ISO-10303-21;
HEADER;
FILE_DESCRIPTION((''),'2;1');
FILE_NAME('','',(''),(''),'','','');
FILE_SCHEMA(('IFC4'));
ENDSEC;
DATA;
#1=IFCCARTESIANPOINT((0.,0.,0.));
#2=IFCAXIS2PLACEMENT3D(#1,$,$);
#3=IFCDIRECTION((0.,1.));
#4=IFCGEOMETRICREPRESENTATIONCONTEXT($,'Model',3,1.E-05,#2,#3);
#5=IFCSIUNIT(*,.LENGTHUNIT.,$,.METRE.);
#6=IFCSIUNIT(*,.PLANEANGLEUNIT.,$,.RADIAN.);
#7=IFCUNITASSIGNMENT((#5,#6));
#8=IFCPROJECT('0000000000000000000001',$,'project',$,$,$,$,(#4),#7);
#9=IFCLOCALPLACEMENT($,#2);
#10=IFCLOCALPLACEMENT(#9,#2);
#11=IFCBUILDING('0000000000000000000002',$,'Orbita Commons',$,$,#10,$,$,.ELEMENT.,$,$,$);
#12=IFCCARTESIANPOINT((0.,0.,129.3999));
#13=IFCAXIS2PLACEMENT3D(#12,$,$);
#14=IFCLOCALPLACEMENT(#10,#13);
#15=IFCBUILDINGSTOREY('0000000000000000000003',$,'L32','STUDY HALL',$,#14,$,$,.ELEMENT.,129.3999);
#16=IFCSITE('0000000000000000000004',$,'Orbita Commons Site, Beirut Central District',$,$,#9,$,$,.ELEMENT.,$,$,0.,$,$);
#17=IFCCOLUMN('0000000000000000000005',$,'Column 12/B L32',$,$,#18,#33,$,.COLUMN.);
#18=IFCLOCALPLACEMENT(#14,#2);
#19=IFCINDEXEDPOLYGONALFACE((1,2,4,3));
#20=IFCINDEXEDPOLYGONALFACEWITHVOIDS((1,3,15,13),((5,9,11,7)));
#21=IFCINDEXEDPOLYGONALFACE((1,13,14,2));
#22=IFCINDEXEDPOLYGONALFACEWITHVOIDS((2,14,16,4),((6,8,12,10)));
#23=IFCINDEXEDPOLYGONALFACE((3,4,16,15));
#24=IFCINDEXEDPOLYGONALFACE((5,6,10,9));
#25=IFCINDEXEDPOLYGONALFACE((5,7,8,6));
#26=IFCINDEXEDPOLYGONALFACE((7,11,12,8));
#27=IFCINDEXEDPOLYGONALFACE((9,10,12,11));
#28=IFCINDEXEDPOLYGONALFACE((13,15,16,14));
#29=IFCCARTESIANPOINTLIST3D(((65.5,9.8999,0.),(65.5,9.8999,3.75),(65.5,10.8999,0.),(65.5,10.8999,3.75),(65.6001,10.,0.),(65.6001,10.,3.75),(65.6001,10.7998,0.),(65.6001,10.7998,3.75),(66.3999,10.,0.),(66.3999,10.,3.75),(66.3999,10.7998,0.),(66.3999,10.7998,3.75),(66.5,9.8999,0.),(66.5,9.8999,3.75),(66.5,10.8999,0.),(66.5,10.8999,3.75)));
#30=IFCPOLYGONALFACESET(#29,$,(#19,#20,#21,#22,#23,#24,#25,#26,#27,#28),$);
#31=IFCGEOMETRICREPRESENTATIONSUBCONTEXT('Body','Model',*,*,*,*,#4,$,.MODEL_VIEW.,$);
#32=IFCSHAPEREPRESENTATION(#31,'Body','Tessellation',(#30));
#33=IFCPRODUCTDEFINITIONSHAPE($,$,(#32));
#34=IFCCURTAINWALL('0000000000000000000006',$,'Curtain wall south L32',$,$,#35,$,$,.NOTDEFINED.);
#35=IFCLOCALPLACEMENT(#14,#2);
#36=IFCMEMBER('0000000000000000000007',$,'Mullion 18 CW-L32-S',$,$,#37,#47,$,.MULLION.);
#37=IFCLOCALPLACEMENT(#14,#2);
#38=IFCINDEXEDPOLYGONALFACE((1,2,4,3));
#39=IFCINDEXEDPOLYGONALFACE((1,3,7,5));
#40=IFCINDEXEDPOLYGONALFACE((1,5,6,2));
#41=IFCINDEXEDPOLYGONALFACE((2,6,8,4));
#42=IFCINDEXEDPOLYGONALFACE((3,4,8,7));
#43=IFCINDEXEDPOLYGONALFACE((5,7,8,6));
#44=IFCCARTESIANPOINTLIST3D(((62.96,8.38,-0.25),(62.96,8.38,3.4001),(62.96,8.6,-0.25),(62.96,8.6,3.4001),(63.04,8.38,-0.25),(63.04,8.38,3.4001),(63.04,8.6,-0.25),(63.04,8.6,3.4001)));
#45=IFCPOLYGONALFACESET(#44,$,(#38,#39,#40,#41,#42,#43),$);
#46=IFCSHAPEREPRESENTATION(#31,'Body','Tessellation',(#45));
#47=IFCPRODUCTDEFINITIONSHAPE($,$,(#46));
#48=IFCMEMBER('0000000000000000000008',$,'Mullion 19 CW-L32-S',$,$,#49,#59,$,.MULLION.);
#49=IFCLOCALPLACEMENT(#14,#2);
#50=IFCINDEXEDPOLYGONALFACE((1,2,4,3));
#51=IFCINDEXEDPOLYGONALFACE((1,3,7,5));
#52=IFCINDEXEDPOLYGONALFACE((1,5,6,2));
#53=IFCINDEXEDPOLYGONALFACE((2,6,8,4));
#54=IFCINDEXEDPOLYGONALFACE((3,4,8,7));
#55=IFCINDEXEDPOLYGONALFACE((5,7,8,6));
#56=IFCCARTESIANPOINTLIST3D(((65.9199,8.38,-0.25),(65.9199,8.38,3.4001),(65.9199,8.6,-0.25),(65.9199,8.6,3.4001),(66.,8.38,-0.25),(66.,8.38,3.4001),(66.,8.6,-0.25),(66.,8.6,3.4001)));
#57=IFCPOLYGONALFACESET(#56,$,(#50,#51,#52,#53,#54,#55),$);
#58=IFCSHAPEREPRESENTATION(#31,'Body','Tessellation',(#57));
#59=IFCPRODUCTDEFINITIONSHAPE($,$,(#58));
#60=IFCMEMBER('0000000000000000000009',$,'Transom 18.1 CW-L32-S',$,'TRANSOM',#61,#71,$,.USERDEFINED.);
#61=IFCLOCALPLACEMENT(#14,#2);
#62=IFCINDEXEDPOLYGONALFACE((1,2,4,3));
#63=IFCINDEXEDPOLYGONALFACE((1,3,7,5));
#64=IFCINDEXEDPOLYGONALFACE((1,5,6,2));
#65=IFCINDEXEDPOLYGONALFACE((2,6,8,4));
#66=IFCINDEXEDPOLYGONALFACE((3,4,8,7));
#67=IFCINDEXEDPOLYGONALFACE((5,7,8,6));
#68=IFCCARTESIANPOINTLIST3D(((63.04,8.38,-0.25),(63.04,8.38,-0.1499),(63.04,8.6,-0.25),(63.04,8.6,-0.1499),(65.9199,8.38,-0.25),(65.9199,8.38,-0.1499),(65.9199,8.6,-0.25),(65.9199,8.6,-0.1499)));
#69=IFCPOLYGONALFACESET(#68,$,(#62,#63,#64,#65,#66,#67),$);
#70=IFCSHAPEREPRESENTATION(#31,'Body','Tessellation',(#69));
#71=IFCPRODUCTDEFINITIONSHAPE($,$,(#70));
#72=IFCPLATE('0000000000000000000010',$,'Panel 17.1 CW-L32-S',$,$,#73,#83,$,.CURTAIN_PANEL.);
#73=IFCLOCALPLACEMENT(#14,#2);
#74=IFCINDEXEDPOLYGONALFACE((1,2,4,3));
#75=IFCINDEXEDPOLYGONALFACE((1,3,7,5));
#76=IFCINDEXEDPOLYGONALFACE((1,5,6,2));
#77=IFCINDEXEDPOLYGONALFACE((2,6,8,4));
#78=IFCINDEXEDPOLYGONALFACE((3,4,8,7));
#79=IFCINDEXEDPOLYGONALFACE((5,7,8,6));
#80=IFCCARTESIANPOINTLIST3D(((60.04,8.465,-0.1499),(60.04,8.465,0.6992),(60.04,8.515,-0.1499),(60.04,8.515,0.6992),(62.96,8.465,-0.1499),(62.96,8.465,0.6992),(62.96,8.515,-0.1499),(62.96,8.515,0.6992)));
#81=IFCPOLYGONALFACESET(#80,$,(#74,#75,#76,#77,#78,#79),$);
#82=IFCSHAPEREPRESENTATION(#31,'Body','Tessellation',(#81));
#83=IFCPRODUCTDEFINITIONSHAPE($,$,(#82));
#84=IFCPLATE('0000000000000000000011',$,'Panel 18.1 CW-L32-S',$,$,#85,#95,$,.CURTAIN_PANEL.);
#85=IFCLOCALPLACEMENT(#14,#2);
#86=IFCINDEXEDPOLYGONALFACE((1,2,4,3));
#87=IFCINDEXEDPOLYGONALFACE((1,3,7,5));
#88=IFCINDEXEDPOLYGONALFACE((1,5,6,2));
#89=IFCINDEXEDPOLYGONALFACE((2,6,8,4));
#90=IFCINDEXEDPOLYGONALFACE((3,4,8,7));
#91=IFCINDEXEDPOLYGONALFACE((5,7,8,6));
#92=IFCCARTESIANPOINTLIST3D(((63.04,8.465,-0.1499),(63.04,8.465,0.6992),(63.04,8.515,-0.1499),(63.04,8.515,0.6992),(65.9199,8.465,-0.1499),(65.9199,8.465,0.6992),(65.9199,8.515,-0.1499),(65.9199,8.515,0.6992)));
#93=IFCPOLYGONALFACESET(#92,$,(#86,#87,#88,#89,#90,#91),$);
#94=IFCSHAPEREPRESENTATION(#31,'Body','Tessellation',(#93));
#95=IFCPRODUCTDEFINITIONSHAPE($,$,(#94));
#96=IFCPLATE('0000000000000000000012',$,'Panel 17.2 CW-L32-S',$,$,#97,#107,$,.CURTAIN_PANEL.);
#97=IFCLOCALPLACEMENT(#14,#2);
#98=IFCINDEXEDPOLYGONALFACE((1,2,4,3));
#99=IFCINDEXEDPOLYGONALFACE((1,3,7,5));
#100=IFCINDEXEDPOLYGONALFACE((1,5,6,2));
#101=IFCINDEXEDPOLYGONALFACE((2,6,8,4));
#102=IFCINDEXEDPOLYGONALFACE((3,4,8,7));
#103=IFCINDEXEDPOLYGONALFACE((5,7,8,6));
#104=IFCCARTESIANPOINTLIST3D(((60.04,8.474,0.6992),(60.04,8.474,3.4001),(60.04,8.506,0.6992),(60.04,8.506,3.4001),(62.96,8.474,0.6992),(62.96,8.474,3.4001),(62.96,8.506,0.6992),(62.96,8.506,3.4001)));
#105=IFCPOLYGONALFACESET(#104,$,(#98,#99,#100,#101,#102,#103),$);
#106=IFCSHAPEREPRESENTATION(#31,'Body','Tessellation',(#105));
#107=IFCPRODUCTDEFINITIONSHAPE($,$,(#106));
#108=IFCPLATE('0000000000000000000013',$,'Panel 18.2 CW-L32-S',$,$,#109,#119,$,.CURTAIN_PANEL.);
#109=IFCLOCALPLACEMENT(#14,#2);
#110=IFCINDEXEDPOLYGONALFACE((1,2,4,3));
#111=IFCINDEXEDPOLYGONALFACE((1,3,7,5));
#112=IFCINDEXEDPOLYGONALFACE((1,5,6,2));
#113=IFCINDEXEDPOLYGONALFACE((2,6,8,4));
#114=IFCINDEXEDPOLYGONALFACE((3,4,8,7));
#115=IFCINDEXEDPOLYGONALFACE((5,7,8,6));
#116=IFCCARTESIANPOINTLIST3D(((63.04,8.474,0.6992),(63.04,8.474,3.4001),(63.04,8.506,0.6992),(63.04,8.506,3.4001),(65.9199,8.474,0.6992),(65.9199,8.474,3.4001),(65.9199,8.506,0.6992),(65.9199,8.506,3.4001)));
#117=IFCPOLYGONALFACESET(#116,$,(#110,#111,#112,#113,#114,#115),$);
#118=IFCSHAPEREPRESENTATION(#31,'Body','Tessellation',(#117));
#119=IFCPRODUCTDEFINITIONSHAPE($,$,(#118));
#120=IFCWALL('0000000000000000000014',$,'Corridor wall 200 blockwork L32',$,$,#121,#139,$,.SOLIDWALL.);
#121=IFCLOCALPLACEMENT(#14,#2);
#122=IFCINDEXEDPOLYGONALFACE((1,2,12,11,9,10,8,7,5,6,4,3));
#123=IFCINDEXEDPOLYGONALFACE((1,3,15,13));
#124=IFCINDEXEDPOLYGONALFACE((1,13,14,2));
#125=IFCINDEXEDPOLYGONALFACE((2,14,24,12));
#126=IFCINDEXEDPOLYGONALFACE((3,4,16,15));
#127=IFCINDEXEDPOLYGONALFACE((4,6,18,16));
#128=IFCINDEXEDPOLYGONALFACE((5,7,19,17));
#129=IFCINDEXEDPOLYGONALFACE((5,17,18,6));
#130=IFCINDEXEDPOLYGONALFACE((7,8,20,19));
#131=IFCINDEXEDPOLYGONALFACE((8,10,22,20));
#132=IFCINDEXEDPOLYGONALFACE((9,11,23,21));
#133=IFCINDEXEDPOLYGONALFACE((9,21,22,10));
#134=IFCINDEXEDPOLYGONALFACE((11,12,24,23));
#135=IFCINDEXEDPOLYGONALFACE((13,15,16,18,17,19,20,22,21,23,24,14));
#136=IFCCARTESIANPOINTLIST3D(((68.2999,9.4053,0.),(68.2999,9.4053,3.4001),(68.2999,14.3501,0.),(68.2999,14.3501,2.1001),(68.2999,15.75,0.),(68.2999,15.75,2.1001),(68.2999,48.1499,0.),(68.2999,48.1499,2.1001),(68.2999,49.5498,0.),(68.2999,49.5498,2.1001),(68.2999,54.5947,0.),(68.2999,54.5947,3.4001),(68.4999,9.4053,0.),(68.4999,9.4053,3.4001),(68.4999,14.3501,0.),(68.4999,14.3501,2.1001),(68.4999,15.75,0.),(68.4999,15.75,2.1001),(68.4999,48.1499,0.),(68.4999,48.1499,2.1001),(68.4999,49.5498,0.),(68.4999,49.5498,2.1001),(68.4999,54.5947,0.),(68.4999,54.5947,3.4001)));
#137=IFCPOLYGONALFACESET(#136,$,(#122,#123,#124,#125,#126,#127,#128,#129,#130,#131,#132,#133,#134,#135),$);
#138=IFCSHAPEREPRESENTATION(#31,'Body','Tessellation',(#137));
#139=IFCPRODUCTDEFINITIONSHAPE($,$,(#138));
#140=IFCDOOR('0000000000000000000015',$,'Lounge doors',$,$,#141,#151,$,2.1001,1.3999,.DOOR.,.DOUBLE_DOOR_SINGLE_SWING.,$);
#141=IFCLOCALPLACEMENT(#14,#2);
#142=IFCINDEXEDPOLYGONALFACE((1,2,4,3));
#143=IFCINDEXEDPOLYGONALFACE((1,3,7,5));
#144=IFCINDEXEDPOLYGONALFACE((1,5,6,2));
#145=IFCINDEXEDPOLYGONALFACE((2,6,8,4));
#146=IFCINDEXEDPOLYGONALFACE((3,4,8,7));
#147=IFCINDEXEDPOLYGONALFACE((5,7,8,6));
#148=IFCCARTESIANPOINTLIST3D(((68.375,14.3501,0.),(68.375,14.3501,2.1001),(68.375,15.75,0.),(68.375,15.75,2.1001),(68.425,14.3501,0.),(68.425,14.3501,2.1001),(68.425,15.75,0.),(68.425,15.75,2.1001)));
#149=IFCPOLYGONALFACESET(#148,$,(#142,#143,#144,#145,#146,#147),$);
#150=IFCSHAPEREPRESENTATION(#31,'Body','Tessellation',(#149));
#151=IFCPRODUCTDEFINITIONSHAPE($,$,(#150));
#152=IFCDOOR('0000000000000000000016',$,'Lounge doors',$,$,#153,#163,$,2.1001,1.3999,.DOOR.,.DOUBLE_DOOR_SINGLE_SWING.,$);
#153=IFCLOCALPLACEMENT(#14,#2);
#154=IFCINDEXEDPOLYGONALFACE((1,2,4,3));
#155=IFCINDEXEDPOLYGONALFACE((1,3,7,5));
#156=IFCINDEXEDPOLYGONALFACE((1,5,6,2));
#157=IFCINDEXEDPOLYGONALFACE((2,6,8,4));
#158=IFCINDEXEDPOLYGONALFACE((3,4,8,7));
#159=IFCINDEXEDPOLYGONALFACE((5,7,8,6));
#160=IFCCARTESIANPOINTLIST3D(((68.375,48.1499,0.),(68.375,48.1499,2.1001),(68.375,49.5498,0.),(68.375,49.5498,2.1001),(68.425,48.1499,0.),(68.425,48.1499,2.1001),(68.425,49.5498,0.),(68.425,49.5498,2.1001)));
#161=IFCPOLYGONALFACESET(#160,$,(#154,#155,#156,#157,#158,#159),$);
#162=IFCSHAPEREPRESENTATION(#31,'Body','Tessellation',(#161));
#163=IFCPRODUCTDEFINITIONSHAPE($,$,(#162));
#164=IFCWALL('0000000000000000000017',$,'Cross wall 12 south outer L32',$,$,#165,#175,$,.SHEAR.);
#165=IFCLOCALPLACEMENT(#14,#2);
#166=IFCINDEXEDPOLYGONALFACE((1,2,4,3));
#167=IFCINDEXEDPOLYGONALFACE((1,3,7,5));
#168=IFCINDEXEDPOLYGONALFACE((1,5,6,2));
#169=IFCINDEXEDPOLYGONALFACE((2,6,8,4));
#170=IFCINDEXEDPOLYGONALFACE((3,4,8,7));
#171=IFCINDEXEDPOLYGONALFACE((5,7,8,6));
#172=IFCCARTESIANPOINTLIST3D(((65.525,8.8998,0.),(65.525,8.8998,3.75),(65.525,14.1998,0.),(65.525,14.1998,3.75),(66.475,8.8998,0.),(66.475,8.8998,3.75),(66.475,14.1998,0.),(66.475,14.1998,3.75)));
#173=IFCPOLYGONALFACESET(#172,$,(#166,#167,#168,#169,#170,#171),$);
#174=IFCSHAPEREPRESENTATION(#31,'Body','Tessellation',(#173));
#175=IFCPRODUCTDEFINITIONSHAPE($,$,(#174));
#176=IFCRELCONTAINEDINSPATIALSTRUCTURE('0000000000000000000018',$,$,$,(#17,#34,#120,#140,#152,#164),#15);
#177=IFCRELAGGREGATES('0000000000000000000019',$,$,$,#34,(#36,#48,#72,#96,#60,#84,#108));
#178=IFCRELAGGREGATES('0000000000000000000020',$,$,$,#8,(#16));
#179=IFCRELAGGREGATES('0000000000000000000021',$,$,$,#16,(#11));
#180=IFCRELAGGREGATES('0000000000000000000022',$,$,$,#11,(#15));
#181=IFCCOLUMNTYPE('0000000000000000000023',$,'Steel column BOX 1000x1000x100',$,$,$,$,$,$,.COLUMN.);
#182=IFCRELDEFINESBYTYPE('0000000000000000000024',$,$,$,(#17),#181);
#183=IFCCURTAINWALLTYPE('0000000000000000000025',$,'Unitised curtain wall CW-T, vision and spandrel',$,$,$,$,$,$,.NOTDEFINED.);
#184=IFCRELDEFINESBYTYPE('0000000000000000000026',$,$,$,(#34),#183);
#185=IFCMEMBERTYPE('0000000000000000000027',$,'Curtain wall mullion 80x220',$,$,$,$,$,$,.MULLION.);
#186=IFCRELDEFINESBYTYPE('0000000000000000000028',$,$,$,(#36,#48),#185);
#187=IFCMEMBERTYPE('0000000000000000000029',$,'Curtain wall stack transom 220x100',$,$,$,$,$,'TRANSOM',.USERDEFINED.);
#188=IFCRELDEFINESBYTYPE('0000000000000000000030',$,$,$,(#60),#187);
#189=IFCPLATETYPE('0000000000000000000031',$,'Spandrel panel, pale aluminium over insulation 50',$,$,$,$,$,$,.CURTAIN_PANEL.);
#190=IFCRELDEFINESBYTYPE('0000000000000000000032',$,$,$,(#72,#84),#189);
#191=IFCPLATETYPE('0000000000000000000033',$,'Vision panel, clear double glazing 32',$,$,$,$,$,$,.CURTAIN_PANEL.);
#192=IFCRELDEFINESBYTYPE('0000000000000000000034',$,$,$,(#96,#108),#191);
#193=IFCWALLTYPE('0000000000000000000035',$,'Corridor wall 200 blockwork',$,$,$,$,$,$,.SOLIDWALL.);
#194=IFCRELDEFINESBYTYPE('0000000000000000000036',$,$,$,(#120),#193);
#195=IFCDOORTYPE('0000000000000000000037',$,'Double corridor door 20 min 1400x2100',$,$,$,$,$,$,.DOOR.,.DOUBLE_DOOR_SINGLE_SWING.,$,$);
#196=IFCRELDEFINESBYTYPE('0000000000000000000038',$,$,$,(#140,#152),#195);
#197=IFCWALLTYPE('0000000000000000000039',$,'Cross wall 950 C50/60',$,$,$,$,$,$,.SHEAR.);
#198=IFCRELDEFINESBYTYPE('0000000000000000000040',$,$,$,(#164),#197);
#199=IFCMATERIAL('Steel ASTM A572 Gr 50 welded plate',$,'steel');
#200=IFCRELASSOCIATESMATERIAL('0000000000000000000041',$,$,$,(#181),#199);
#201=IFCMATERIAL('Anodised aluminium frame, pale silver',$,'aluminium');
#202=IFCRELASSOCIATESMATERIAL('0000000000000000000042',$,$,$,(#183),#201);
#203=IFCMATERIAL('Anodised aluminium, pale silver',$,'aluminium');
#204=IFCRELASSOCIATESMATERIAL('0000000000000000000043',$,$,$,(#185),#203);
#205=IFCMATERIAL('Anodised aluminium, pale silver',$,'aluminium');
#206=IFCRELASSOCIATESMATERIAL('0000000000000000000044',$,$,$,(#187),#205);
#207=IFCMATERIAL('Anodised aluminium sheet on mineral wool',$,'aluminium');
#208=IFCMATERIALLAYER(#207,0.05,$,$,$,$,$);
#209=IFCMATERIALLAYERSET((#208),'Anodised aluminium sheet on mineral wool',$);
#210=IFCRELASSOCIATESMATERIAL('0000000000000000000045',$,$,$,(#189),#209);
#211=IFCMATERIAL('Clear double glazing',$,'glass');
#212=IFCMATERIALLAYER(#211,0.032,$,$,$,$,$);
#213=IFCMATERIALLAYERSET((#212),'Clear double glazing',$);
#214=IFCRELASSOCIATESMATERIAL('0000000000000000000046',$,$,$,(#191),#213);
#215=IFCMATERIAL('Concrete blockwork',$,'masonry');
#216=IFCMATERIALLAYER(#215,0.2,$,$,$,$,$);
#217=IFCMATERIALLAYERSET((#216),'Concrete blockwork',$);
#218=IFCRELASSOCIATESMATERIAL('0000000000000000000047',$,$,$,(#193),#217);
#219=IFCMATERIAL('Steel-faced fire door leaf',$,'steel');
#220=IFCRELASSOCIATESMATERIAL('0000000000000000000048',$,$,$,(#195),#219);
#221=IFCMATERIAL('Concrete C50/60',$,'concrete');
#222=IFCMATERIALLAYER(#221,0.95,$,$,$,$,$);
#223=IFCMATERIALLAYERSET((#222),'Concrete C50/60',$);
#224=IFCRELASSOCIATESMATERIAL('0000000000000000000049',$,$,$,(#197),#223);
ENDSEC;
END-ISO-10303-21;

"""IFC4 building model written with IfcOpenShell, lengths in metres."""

from ifc_helpers import new_model, si_unit, direction, frame, frame_2d, origin, origin_2d, place, context, subcontext, project, spatial, rectangle, hollow_rectangle, extrude, material, layer, layer_set, material_profile, profile_set, type_object, element, fill, aggregate, save


model = new_model("IFC4")

# Units and contexts
model_context = context("Model", 3, precision=1e-05, world=origin(), true_north=direction((0.0, 1.0)))
body_context = subcontext(model_context, "Body", "Model", "MODEL_VIEW")
ifc_project = project(units=[si_unit("LENGTHUNIT", "METRE"), si_unit("PLANEANGLEUNIT", "RADIAN")], contexts=[model_context])

# Site, building, storey
site_placement = place(None, origin())
site = spatial("IfcSite", under=ifc_project, at=site_placement, Name="Orbita Commons Site, Beirut Central District", CompositionType="ELEMENT", RefElevation=0.0)
building_placement = place(site_placement, origin())
building = spatial("IfcBuilding", under=site, at=building_placement, Name="Orbita Commons", CompositionType="ELEMENT")
storey_placement = place(building_placement, frame((0.0, 0.0, 129.3999)))
storey = spatial("IfcBuildingStorey", under=building, at=storey_placement, Name="L32", Description="STUDY HALL", CompositionType="ELEMENT", Elevation=129.3999)

# Column
ifc_material_1 = material(Name="Steel ASTM A572 Gr 50 welded plate", Category="steel")
ifc_material_profile_1 = material_profile(ifc_material_1, hollow_rectangle(XDim=1.0, YDim=1.0, WallThickness=0.1001, at=origin_2d()), Name="BOX 1000x1000x100")
ifc_profile_set_1 = profile_set([ifc_material_profile_1], Name="Steel ASTM A572 Gr 50 welded plate")
column_type = type_object("IfcColumnType", Name="Steel column BOX 1000x1000x100", PredefinedType="COLUMN", material=ifc_profile_set_1)
column_placement = place(storey_placement, frame((66.0, 10.3999, 0.0), z_axis=(0.0, 0.0, 1.0), x_axis=(1.0, 0.0, 0.0)))
element("IfcColumn", 1, at=column_placement, inside=storey, type_object=column_type, Name="Column 12/B L32", PredefinedType="COLUMN", context=body_context, shape_type="SweptSolid", body=[
    extrude(hollow_rectangle(XDim=1.0, YDim=1.0, WallThickness=0.1001, at=origin_2d()), origin(), (0.0, 0.0, 1.0), 3.75),
])

# Curtain wall, members, plates
ifc_material_2 = material(Name="Anodised aluminium frame, pale silver", Category="aluminium")
curtain_wall_type = type_object("IfcCurtainWallType", Name="Unitised curtain wall CW-T, vision and spandrel", PredefinedType="NOTDEFINED", material=ifc_material_2)
curtain_wall_placement = place(storey_placement, origin())
curtain_wall = element("IfcCurtainWall", 2, at=curtain_wall_placement, inside=storey, type_object=curtain_wall_type, Name="Curtain wall south L32", PredefinedType="NOTDEFINED")
ifc_material_3 = material(Name="Anodised aluminium, pale silver", Category="aluminium")
ifc_material_profile_2 = material_profile(ifc_material_3, rectangle(XDim=0.0801, YDim=0.22, at=origin_2d()), Name="AL 80x220")
ifc_profile_set_2 = profile_set([ifc_material_profile_2], Name="Anodised aluminium, pale silver")
member_type_1 = type_object("IfcMemberType", Name="Curtain wall mullion 80x220", PredefinedType="MULLION", material=ifc_profile_set_2)
member_1_placement = place(storey_placement, frame((63.0, 8.49, -0.25), z_axis=(0.0, 0.0, 1.0), x_axis=(1.0, 0.0, 0.0)))
member_1 = element("IfcMember", 3, at=member_1_placement, type_object=member_type_1, Name="Mullion 18 CW-L32-S", PredefinedType="MULLION", context=body_context, shape_type="SweptSolid", body=[
    extrude(rectangle(XDim=0.0801, YDim=0.22, at=origin_2d()), origin(), (0.0, 0.0, 1.0), 3.6501),
])
member_2_placement = place(storey_placement, frame((65.96, 8.49, -0.25), z_axis=(0.0, 0.0, 1.0), x_axis=(1.0, 0.0, 0.0)))
member_2 = element("IfcMember", 4, at=member_2_placement, type_object=member_type_1, Name="Mullion 19 CW-L32-S", PredefinedType="MULLION", context=body_context, shape_type="SweptSolid", body=[
    extrude(rectangle(XDim=0.0801, YDim=0.22, at=origin_2d()), origin(), (0.0, 0.0, 1.0), 3.6501),
])
ifc_material_4 = material(Name="Anodised aluminium, pale silver", Category="aluminium")
ifc_material_profile_3 = material_profile(ifc_material_4, rectangle(XDim=0.22, YDim=0.1001, at=origin_2d()), Name="AL 220x100")
ifc_profile_set_3 = profile_set([ifc_material_profile_3], Name="Anodised aluminium, pale silver")
member_type_2 = type_object("IfcMemberType", Name="Curtain wall stack transom 220x100", ElementType="TRANSOM", PredefinedType="USERDEFINED", material=ifc_profile_set_3)
member_3_placement = place(storey_placement, frame((63.04, 8.49, -0.2), z_axis=(1.0, 0.0, 0.0), x_axis=(0.0, 1.0, 0.0)))
member_3 = element("IfcMember", 5, at=member_3_placement, type_object=member_type_2, Name="Transom 18.1 CW-L32-S", ObjectType="TRANSOM", PredefinedType="USERDEFINED", context=body_context, shape_type="SweptSolid", body=[
    extrude(rectangle(XDim=0.22, YDim=0.1001, at=origin_2d()), origin(), (0.0, 0.0, 1.0), 2.8799),
])
ifc_material_5 = material(Name="Anodised aluminium sheet on mineral wool", Category="aluminium")
ifc_layer_1 = layer(ifc_material_5, 0.05)
ifc_layer_set_1 = layer_set([ifc_layer_1], Name="Anodised aluminium sheet on mineral wool")
plate_type_1 = type_object("IfcPlateType", Name="Spandrel panel, pale aluminium over insulation 50", PredefinedType="CURTAIN_PANEL", material=ifc_layer_set_1)
plate_1_placement = place(storey_placement, frame((61.5, 8.49, -0.1499), z_axis=(0.0, 0.0, 1.0), x_axis=(1.0, 0.0, 0.0)))
plate_1 = element("IfcPlate", 6, at=plate_1_placement, type_object=plate_type_1, Name="Panel 17.1 CW-L32-S", PredefinedType="CURTAIN_PANEL", context=body_context, shape_type="SweptSolid", body=[
    extrude(rectangle(XDim=2.9199, YDim=0.05, at=origin_2d()), origin(), (0.0, 0.0, 1.0), 0.8491),
])
plate_2_placement = place(storey_placement, frame((64.48, 8.49, -0.1499), z_axis=(0.0, 0.0, 1.0), x_axis=(1.0, 0.0, 0.0)))
plate_2 = element("IfcPlate", 7, at=plate_2_placement, type_object=plate_type_1, Name="Panel 18.1 CW-L32-S", PredefinedType="CURTAIN_PANEL", context=body_context, shape_type="SweptSolid", body=[
    extrude(rectangle(XDim=2.8799, YDim=0.05, at=origin_2d()), origin(), (0.0, 0.0, 1.0), 0.8491),
])
ifc_material_6 = material(Name="Clear double glazing", Category="glass")
ifc_layer_2 = layer(ifc_material_6, 0.032)
ifc_layer_set_2 = layer_set([ifc_layer_2], Name="Clear double glazing")
plate_type_2 = type_object("IfcPlateType", Name="Vision panel, clear double glazing 32", PredefinedType="CURTAIN_PANEL", material=ifc_layer_set_2)
plate_3_placement = place(storey_placement, frame((61.5, 8.49, 0.6992), z_axis=(0.0, 0.0, 1.0), x_axis=(1.0, 0.0, 0.0)))
plate_3 = element("IfcPlate", 8, at=plate_3_placement, type_object=plate_type_2, Name="Panel 17.2 CW-L32-S", PredefinedType="CURTAIN_PANEL", context=body_context, shape_type="SweptSolid", body=[
    extrude(rectangle(XDim=2.9199, YDim=0.032, at=origin_2d()), origin(), (0.0, 0.0, 1.0), 2.7009),
])
plate_4_placement = place(storey_placement, frame((64.48, 8.49, 0.6992), z_axis=(0.0, 0.0, 1.0), x_axis=(1.0, 0.0, 0.0)))
plate_4 = element("IfcPlate", 9, at=plate_4_placement, type_object=plate_type_2, Name="Panel 18.2 CW-L32-S", PredefinedType="CURTAIN_PANEL", context=body_context, shape_type="SweptSolid", body=[
    extrude(rectangle(XDim=2.8799, YDim=0.032, at=origin_2d()), origin(), (0.0, 0.0, 1.0), 2.7009),
])
aggregate(curtain_wall, [member_1, member_2, plate_1, plate_3, member_3, plate_2, plate_4])

# Wall, openings, doors
ifc_material_7 = material(Name="Concrete blockwork", Category="masonry")
ifc_layer_3 = layer(ifc_material_7, 0.2)
ifc_layer_set_3 = layer_set([ifc_layer_3], Name="Concrete blockwork")
wall_type_1 = type_object("IfcWallType", Name="Corridor wall 200 blockwork", PredefinedType="SOLIDWALL", material=ifc_layer_set_3)
wall_1_placement = place(storey_placement, frame((68.3999, 9.4053, 0.0), z_axis=(0.0, 0.0, 1.0), x_axis=(0.0, 1.0, 0.0)))
wall_1 = element("IfcWall", 10, at=wall_1_placement, inside=storey, type_object=wall_type_1, Name="Corridor wall 200 blockwork L32", PredefinedType="SOLIDWALL", context=body_context, shape_type="SweptSolid", body=[
    extrude(rectangle(XDim=45.1895, YDim=0.2, at=frame_2d((22.5947, 0.0))), origin(), (0.0, 0.0, 1.0), 3.4001),
])
opening_1_placement = place(wall_1_placement, frame((4.9448, 0.0, 0.0)))
opening_1 = element("IfcOpeningElement", 11, at=opening_1_placement, cuts=wall_1, PredefinedType="OPENING", context=body_context, shape_type="SweptSolid", body=[
    extrude(rectangle(XDim=1.3999, YDim=2.1001, at=frame_2d((0.7, 1.05))), frame((0.0, 0.1099, 0.0), z_axis=(0.0, -1.0, 0.0), x_axis=(1.0, 0.0, 0.0)), (0.0, 0.0, 1.0), 0.22),
])
opening_2_placement = place(wall_1_placement, frame((38.7446, 0.0, 0.0)))
opening_2 = element("IfcOpeningElement", 12, at=opening_2_placement, cuts=wall_1, PredefinedType="OPENING", context=body_context, shape_type="SweptSolid", body=[
    extrude(rectangle(XDim=1.3999, YDim=2.1001, at=frame_2d((0.7, 1.05))), frame((0.0, 0.1099, 0.0), z_axis=(0.0, -1.0, 0.0), x_axis=(1.0, 0.0, 0.0)), (0.0, 0.0, 1.0), 0.22),
])
ifc_material_8 = material(Name="Steel-faced fire door leaf", Category="steel")
door_type = type_object("IfcDoorType", Name="Double corridor door 20 min 1400x2100", OperationType="DOUBLE_DOOR_SINGLE_SWING", PredefinedType="DOOR", material=ifc_material_8)
door_1_placement = place(opening_1_placement, origin())
door_1 = element("IfcDoor", 13, at=door_1_placement, inside=storey, type_object=door_type, Name="Lounge doors", OperationType="DOUBLE_DOOR_SINGLE_SWING", OverallHeight=2.1001, OverallWidth=1.3999, PredefinedType="DOOR", context=body_context, shape_type="SweptSolid", body=[
    extrude(rectangle(XDim=1.3999, YDim=2.1001, at=frame_2d((0.7, 1.05))), frame((0.0, 0.0249, 0.0), z_axis=(0.0, -1.0, 0.0), x_axis=(1.0, 0.0, 0.0)), (0.0, 0.0, 1.0), 0.05),
])
fill(opening_1, door_1)
door_2_placement = place(opening_2_placement, origin())
door_2 = element("IfcDoor", 14, at=door_2_placement, inside=storey, type_object=door_type, Name="Lounge doors", OperationType="DOUBLE_DOOR_SINGLE_SWING", OverallHeight=2.1001, OverallWidth=1.3999, PredefinedType="DOOR", context=body_context, shape_type="SweptSolid", body=[
    extrude(rectangle(XDim=1.3999, YDim=2.1001, at=frame_2d((0.7, 1.05))), frame((0.0, 0.0249, 0.0), z_axis=(0.0, -1.0, 0.0), x_axis=(1.0, 0.0, 0.0)), (0.0, 0.0, 1.0), 0.05),
])
fill(opening_2, door_2)

# Wall
ifc_material_9 = material(Name="Concrete C50/60", Category="concrete")
ifc_layer_4 = layer(ifc_material_9, 0.95)
ifc_layer_set_4 = layer_set([ifc_layer_4], Name="Concrete C50/60")
wall_type_2 = type_object("IfcWallType", Name="Cross wall 950 C50/60", PredefinedType="SHEAR", material=ifc_layer_set_4)
wall_2_placement = place(storey_placement, frame((66.0, 8.8999, 0.0), z_axis=(0.0, 0.0, 1.0), x_axis=(0.0, 1.0, 0.0)))
element("IfcWall", 15, at=wall_2_placement, inside=storey, type_object=wall_type_2, Name="Cross wall 12 south outer L32", PredefinedType="SHEAR", context=body_context, shape_type="SweptSolid", body=[
    extrude(rectangle(XDim=5.3, YDim=0.95, at=frame_2d((2.6499, 0.0))), origin(), (0.0, 0.0, 1.0), 3.75),
])

save(model, "model.ifc")
